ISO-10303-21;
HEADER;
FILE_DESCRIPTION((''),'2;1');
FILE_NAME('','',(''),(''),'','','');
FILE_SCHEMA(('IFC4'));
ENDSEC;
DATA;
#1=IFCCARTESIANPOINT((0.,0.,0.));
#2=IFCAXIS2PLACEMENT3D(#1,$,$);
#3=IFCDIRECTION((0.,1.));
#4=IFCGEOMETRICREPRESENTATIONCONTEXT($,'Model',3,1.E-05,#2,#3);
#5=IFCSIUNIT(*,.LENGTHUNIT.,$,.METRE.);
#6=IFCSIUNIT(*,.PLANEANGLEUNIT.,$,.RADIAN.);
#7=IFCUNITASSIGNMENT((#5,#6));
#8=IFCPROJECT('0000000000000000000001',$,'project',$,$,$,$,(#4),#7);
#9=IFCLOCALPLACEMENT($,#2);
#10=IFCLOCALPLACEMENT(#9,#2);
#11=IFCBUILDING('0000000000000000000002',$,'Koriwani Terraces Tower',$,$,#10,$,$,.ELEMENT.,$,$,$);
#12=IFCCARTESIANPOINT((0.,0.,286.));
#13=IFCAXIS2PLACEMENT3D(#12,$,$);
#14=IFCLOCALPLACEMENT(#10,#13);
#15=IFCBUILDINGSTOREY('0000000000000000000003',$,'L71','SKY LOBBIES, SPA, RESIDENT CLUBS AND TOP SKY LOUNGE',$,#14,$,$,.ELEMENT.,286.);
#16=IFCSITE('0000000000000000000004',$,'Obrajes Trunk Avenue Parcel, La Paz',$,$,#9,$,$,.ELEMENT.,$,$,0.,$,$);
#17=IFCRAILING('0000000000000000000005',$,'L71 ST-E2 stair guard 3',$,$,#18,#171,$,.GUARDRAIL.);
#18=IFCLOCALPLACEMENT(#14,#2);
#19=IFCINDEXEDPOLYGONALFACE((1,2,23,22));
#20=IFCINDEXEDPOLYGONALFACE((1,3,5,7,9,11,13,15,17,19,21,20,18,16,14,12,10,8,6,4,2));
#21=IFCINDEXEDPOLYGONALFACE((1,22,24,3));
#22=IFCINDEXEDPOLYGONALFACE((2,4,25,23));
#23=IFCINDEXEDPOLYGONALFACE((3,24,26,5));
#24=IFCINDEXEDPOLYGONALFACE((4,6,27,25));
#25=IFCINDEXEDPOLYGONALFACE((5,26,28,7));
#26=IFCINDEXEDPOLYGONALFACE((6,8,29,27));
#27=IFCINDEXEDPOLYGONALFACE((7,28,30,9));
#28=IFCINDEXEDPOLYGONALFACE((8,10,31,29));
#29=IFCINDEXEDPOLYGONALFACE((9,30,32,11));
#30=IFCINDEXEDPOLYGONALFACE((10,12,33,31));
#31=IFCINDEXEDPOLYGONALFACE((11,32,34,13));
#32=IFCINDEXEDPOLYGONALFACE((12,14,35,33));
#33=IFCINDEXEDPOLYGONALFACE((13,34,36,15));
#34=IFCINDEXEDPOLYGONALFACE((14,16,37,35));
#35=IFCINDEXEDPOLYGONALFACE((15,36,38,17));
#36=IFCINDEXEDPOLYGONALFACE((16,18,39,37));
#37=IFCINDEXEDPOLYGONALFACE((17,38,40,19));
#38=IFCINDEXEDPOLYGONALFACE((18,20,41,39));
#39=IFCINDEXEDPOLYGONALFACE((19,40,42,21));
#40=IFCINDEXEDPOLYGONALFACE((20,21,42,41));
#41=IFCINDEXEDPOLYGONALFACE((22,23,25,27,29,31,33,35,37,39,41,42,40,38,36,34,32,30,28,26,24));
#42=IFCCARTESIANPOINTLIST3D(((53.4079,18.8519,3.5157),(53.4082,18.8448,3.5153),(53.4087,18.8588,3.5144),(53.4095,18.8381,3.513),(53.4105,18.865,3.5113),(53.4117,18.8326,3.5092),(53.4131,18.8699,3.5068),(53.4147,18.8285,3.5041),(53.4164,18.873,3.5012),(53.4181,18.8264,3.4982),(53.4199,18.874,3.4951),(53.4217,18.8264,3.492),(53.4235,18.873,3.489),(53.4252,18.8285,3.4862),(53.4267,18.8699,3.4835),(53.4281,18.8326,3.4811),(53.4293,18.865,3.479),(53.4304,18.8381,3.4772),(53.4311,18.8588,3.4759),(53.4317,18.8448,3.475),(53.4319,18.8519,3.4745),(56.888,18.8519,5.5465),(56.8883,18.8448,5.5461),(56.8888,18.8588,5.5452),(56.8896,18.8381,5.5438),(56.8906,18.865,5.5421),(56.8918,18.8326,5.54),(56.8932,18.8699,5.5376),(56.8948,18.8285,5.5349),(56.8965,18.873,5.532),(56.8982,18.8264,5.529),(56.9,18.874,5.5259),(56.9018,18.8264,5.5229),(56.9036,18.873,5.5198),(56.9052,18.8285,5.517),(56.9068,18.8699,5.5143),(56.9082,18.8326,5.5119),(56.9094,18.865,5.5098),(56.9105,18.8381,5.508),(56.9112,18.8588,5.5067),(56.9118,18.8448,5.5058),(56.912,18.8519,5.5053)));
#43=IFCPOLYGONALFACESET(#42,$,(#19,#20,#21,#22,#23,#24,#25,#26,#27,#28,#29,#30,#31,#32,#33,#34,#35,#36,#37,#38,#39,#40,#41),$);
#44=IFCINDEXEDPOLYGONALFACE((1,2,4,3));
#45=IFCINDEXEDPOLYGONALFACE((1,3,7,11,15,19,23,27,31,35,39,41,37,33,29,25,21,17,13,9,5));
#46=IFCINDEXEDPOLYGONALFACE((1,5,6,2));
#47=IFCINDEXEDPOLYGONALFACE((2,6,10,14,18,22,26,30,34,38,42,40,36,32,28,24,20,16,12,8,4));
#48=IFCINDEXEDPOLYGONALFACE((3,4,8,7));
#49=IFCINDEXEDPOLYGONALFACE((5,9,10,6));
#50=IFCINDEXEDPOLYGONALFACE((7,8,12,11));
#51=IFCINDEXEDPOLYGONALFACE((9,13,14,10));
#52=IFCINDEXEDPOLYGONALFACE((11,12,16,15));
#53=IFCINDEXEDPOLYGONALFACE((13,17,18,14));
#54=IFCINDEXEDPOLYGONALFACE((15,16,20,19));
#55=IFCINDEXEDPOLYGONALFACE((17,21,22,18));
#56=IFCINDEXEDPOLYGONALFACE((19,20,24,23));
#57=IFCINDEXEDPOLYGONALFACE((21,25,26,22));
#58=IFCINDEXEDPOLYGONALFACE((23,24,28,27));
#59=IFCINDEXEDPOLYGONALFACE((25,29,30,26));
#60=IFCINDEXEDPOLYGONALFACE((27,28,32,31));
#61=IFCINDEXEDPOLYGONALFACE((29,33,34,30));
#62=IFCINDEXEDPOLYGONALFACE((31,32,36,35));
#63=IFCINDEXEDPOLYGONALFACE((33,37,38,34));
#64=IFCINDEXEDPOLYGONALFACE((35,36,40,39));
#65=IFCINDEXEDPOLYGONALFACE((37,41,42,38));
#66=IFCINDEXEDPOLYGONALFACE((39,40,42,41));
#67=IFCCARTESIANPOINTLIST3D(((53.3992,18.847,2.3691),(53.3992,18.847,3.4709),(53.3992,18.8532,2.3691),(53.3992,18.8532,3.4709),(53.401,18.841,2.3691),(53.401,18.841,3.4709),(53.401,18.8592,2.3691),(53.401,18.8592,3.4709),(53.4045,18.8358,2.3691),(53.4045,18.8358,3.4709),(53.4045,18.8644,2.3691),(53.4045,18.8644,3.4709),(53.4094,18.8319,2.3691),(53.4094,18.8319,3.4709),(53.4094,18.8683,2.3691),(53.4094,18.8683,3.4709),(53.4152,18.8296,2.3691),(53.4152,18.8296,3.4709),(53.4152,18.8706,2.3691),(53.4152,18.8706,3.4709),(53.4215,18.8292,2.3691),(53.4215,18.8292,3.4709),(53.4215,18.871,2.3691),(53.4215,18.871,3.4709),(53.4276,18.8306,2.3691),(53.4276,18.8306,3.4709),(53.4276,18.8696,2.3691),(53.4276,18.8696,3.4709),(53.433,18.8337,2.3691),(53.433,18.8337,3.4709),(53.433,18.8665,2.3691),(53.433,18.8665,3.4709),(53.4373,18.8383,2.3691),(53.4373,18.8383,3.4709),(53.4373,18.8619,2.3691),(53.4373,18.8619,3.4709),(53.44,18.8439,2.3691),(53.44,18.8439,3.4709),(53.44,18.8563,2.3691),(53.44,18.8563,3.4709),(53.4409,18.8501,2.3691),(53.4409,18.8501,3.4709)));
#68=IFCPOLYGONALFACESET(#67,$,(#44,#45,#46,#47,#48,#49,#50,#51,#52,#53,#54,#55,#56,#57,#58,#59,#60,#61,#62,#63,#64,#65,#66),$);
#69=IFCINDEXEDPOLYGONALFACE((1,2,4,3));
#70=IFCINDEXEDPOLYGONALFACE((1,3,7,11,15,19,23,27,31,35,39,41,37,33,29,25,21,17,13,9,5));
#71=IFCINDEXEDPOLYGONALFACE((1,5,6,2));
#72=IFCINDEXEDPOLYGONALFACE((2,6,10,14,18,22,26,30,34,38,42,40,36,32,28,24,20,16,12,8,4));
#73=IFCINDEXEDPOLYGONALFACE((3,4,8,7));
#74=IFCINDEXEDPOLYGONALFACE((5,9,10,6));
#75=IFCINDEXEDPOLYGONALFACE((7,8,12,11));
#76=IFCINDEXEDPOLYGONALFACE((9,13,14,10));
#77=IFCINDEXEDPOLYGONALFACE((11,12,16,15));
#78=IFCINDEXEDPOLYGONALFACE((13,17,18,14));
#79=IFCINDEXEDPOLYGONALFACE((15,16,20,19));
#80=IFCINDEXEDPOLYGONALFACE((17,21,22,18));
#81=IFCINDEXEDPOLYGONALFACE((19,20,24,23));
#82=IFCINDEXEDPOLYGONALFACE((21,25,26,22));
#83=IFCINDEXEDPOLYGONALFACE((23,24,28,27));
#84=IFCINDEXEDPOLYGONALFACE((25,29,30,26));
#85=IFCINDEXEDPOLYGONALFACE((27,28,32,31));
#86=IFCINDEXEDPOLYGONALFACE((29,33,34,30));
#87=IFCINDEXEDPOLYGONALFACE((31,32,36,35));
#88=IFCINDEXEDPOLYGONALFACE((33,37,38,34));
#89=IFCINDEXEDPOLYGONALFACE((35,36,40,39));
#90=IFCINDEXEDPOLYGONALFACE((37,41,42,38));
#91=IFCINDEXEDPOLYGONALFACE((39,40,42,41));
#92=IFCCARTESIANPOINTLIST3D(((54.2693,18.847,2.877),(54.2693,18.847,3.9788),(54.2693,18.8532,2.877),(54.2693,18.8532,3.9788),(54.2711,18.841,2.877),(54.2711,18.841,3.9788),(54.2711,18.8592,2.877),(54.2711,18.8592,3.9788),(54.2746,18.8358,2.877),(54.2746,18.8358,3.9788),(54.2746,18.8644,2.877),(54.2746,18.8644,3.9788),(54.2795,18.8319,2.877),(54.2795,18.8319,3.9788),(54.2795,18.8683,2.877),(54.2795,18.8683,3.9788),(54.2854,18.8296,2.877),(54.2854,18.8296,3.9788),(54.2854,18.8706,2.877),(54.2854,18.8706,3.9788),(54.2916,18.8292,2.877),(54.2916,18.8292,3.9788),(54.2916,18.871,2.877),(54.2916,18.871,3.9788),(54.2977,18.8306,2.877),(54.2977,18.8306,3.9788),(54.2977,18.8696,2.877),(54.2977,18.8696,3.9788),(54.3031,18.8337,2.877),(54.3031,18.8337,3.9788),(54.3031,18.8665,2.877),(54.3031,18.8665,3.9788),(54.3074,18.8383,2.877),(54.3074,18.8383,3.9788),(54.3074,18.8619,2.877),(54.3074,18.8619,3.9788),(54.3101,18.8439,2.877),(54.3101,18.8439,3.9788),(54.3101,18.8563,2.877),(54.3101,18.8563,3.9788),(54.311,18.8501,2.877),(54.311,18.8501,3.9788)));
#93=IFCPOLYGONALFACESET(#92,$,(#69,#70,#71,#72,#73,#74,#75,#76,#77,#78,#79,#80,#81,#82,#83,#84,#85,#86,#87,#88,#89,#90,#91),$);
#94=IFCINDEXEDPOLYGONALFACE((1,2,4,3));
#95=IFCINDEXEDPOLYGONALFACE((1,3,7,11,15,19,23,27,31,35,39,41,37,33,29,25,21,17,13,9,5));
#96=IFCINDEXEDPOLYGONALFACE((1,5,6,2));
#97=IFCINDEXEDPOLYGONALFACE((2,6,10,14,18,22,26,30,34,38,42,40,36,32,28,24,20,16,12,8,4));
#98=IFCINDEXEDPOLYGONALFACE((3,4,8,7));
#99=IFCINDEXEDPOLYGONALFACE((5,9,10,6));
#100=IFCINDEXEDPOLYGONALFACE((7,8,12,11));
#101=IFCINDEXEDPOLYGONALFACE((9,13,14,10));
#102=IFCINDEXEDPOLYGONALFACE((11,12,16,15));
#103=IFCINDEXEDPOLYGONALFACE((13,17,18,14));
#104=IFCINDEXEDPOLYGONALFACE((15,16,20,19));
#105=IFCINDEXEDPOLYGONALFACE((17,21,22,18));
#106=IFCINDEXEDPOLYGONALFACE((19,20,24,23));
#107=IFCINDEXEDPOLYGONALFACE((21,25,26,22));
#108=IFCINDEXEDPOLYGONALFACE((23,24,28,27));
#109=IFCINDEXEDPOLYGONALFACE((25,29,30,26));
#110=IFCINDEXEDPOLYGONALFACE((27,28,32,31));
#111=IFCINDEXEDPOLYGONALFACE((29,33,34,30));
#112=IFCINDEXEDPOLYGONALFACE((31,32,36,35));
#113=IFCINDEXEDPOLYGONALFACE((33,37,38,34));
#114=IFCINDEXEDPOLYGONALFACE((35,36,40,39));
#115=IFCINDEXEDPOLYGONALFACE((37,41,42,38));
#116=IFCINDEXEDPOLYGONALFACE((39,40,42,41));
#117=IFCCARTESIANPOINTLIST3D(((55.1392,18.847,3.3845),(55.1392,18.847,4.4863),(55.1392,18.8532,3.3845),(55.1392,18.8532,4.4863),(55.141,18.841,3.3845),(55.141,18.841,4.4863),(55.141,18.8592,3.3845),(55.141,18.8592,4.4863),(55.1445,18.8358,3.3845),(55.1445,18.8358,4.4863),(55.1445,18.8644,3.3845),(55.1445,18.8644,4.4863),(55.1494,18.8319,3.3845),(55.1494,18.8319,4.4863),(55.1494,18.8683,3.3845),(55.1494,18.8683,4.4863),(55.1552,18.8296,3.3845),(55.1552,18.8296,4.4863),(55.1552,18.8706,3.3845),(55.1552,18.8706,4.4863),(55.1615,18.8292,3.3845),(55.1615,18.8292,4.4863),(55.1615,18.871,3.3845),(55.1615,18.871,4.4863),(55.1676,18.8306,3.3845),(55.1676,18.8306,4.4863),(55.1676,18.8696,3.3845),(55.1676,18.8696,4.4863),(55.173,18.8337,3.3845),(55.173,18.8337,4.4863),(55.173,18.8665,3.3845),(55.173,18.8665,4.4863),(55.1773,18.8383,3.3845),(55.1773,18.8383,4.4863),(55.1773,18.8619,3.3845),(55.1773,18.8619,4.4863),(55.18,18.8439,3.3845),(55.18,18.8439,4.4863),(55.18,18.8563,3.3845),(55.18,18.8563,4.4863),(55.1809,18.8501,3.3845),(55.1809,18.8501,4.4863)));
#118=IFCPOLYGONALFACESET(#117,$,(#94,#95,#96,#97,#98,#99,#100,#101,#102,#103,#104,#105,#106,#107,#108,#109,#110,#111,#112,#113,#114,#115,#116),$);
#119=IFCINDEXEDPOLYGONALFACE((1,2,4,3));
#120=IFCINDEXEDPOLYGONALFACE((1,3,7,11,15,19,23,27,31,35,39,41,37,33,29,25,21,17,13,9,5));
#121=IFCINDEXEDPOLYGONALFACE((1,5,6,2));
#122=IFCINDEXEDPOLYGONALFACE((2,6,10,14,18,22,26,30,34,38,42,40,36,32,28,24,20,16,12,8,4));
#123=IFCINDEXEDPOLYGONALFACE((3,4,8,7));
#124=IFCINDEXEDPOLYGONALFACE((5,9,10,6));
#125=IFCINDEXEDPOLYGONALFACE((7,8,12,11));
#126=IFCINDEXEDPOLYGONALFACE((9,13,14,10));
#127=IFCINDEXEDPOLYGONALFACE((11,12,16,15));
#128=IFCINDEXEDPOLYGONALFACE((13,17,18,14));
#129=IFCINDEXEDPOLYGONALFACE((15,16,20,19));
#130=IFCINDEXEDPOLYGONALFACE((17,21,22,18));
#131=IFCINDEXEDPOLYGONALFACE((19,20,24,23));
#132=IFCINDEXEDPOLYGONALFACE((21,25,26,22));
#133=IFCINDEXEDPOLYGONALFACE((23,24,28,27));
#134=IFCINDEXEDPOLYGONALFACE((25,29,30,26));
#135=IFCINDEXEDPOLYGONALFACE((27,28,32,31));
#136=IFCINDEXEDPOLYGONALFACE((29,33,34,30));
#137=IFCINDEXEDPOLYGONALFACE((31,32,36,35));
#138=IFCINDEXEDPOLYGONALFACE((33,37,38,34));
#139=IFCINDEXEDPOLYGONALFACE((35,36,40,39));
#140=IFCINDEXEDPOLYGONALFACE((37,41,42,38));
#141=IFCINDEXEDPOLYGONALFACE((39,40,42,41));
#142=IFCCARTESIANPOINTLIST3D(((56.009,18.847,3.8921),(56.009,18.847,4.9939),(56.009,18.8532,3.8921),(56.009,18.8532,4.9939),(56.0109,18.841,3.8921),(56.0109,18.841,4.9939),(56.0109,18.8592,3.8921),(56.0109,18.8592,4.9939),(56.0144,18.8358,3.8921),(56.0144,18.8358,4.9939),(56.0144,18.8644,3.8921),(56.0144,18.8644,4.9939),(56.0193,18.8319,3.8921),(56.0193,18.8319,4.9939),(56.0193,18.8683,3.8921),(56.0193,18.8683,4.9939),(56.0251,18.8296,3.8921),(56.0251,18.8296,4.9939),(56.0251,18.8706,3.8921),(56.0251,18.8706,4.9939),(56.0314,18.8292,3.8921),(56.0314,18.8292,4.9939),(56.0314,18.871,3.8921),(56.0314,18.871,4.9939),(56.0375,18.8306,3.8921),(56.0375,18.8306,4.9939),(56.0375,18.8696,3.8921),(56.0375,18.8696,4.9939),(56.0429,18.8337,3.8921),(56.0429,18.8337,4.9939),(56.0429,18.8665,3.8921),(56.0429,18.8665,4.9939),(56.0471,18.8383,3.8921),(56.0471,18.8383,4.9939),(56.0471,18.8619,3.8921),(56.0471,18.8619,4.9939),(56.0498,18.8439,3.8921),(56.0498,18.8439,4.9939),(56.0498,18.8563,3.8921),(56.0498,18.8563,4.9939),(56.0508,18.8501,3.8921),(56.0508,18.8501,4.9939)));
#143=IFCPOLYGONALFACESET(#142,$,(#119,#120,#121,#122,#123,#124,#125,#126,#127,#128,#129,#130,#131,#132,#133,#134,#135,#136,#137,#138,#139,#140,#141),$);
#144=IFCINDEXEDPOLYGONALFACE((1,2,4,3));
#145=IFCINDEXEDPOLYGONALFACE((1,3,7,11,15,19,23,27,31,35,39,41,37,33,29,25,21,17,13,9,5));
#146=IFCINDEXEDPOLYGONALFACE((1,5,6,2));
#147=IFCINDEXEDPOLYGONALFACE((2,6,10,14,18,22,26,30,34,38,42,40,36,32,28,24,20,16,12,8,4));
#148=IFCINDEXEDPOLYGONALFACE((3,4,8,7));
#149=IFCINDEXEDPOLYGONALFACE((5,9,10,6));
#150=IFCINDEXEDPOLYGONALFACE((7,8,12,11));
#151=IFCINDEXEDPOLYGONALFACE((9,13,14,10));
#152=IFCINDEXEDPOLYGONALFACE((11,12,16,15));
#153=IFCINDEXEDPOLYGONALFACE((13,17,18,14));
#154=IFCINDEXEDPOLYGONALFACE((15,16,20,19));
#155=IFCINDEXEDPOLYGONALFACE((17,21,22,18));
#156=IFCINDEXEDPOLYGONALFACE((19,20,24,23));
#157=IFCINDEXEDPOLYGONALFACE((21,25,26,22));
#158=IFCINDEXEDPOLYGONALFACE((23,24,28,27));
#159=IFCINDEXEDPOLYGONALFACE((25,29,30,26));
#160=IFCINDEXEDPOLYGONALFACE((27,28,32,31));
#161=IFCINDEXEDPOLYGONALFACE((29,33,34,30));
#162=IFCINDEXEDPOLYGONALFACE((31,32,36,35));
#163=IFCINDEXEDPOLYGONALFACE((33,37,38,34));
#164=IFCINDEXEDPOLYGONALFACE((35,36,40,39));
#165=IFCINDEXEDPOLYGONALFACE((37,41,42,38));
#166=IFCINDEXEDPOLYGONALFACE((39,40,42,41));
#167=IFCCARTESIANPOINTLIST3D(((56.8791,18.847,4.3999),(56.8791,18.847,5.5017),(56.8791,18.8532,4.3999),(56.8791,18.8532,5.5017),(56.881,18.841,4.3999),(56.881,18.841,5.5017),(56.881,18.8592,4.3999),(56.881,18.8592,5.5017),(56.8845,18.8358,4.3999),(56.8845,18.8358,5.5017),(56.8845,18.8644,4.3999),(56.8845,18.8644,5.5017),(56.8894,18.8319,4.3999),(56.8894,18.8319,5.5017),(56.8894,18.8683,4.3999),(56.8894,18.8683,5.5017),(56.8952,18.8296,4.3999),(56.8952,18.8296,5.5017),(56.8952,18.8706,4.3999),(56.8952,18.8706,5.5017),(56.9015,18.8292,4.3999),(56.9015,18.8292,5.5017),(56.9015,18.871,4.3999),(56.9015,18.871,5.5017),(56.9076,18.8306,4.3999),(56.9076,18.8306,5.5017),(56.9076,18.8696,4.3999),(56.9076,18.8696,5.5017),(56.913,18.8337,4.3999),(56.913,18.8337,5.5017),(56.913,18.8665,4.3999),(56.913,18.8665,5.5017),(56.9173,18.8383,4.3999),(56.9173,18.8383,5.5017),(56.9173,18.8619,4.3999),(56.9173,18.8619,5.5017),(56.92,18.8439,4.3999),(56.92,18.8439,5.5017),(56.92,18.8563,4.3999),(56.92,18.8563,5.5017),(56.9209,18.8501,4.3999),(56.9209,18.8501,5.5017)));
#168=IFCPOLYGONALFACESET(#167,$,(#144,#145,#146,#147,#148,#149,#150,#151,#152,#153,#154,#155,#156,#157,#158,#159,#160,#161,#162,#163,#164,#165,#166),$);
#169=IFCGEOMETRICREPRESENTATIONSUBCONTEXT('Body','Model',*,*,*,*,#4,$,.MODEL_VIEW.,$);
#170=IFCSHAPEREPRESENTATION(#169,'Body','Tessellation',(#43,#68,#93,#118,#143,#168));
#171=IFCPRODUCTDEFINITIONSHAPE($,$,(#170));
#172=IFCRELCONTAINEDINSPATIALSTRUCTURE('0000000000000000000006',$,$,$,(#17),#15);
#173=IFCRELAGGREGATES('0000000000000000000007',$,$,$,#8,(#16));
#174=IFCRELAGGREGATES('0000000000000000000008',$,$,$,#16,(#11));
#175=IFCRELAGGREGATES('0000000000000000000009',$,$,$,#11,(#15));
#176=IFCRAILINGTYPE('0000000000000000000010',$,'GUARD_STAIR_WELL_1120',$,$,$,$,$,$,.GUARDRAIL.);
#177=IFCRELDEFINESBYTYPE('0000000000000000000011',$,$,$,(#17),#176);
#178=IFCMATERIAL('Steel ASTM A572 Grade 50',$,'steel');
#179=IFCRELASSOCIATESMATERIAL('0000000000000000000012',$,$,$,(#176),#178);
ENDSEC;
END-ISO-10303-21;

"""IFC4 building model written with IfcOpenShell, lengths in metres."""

from ifc_helpers import new_model, si_unit, direction, frame, origin, origin_2d, place, context, subcontext, project, spatial, circle, extrude, material, type_object, element, save


model = new_model("IFC4")

# Units and contexts
model_context = context("Model", 3, precision=1e-05, world=origin(), true_north=direction((0.0, 1.0)))
body_context = subcontext(model_context, "Body", "Model", "MODEL_VIEW")
ifc_project = project(units=[si_unit("LENGTHUNIT", "METRE"), si_unit("PLANEANGLEUNIT", "RADIAN")], contexts=[model_context])

# Site, building, storey
site_placement = place(None, origin())
site = spatial("IfcSite", under=ifc_project, at=site_placement, Name="Obrajes Trunk Avenue Parcel, La Paz", CompositionType="ELEMENT", RefElevation=0.0)
building_placement = place(site_placement, origin())
building = spatial("IfcBuilding", under=site, at=building_placement, Name="Koriwani Terraces Tower", CompositionType="ELEMENT")
storey_placement = place(building_placement, frame((0.0, 0.0, 286.0)))
storey = spatial("IfcBuildingStorey", under=building, at=storey_placement, Name="L71", Description="SKY LOBBIES, SPA, RESIDENT CLUBS AND TOP SKY LOUNGE", CompositionType="ELEMENT", Elevation=286.0)

# Railing
ifc_material_1 = material(Name="Steel ASTM A572 Grade 50", Category="steel")
railing_type_1 = type_object("IfcRailingType", Name="GUARD_STAIR_WELL_1120", PredefinedType="GUARDRAIL", material=ifc_material_1)
railing_1_placement = place(storey_placement, frame((53.4199, 18.8501, 2.3691)))
element("IfcRailing", 1, at=railing_1_placement, inside=storey, type_object=railing_type_1, Name="L71 ST-E2 stair guard 3", PredefinedType="GUARDRAIL", context=body_context, shape_type="SweptSolid", body=[
    extrude(circle(Radius=0.0239, at=origin_2d()), frame((0.0, 0.0, 1.126), z_axis=(0.863695, 0.0, 0.504014), x_axis=(0.0, 1.0, 0.0)), (0.0, 0.0, 1.0), 4.0293),
    extrude(circle(Radius=0.021, at=origin_2d()), origin(), (0.0, 0.0, 1.0), 1.1018),
    extrude(circle(Radius=0.021, at=origin_2d()), frame((0.8701, 0.0, 0.5078)), (0.0, 0.0, 1.0), 1.1018),
    extrude(circle(Radius=0.021, at=origin_2d()), frame((1.74, 0.0, 1.0154)), (0.0, 0.0, 1.0), 1.1018),
    extrude(circle(Radius=0.021, at=origin_2d()), frame((2.6099, 0.0, 1.5229)), (0.0, 0.0, 1.0), 1.1018),
    extrude(circle(Radius=0.021, at=origin_2d()), frame((3.48, 0.0, 2.0308)), (0.0, 0.0, 1.0), 1.1018),
])

save(model, "model.ifc")
